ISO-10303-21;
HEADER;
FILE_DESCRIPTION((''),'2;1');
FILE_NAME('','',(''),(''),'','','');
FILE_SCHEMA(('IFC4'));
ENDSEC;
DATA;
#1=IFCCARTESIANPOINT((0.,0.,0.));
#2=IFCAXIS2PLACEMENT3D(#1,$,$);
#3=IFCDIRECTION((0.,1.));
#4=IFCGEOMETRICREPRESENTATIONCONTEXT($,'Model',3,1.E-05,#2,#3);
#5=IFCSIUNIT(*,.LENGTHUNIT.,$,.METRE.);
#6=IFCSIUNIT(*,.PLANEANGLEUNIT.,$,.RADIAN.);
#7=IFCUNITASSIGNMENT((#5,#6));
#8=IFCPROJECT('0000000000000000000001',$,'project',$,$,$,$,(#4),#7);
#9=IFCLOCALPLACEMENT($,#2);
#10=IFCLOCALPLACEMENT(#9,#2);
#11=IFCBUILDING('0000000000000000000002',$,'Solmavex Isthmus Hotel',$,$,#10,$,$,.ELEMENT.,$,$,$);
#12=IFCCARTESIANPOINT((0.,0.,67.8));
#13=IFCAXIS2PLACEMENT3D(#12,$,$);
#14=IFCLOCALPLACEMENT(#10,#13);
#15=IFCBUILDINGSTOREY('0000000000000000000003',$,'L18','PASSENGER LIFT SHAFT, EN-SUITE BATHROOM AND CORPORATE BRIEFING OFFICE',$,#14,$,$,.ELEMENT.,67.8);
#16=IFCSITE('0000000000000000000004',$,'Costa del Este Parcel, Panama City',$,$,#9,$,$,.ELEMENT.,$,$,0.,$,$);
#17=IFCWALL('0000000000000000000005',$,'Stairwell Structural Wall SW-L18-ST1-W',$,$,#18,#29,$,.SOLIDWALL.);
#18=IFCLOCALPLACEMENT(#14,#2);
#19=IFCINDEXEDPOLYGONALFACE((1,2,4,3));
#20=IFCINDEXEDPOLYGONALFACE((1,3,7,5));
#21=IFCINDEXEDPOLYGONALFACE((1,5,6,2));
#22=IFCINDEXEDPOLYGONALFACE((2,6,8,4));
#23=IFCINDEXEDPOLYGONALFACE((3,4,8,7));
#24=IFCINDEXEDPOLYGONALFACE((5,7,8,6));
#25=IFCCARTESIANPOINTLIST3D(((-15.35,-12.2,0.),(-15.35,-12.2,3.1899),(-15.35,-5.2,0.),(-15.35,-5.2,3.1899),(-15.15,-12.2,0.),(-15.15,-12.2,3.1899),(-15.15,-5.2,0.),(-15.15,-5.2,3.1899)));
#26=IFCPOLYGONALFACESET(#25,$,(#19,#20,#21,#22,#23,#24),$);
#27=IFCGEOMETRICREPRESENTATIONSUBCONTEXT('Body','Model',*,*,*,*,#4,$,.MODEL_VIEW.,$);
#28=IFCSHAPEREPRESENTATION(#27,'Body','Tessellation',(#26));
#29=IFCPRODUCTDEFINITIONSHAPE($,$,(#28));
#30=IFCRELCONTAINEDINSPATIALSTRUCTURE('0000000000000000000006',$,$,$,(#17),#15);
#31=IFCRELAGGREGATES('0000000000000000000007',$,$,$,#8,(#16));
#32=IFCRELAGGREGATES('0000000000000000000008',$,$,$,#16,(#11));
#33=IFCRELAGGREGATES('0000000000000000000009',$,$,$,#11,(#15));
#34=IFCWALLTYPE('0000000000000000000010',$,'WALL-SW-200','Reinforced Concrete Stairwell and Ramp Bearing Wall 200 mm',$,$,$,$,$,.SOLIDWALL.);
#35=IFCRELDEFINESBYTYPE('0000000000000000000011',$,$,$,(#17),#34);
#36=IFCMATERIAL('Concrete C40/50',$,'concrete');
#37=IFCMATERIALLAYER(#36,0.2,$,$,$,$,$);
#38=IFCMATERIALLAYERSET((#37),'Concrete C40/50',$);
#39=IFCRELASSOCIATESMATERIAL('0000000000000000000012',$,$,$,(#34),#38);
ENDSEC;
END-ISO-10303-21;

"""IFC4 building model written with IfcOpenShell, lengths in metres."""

from ifc_helpers import new_model, si_unit, direction, frame, frame_2d, origin, place, context, subcontext, project, spatial, rectangle, extrude, material, layer, layer_set, type_object, element, save


model = new_model("IFC4")

# Units and contexts
model_context = context("Model", 3, precision=1e-05, world=origin(), true_north=direction((0.0, 1.0)))
body_context = subcontext(model_context, "Body", "Model", "MODEL_VIEW")
ifc_project = project(units=[si_unit("LENGTHUNIT", "METRE"), si_unit("PLANEANGLEUNIT", "RADIAN")], contexts=[model_context])

# Site, building, storey
site_placement = place(None, origin())
site = spatial("IfcSite", under=ifc_project, at=site_placement, Name="Costa del Este Parcel, Panama City", CompositionType="ELEMENT", RefElevation=0.0)
building_placement = place(site_placement, origin())
building = spatial("IfcBuilding", under=site, at=building_placement, Name="Solmavex Isthmus Hotel", CompositionType="ELEMENT")
storey_placement = place(building_placement, frame((0.0, 0.0, 67.8)))
storey = spatial("IfcBuildingStorey", under=building, at=storey_placement, Name="L18", Description="PASSENGER LIFT SHAFT, EN-SUITE BATHROOM AND CORPORATE BRIEFING OFFICE", CompositionType="ELEMENT", Elevation=67.8)

# Wall
ifc_material_1 = material(Name="Concrete C40/50", Category="concrete")
ifc_layer_1 = layer(ifc_material_1, 0.2)
ifc_layer_set_1 = layer_set([ifc_layer_1], Name="Concrete C40/50")
wall_type_1 = type_object("IfcWallType", Name="WALL-SW-200", Description="Reinforced Concrete Stairwell and Ramp Bearing Wall 200 mm", PredefinedType="SOLIDWALL", material=ifc_layer_set_1)
wall_1_placement = place(storey_placement, frame((-15.25, -12.2, 0.0), z_axis=(0.0, 0.0, 1.0), x_axis=(0.0, 1.0, 0.0)))
element("IfcWall", 1, at=wall_1_placement, inside=storey, type_object=wall_type_1, Name="Stairwell Structural Wall SW-L18-ST1-W", PredefinedType="SOLIDWALL", context=body_context, shape_type="SweptSolid", body=[
    extrude(rectangle(XDim=7.0, YDim=0.2, at=frame_2d((3.5, 0.0))), origin(), (0.0, 0.0, 1.0), 3.1899),
])

save(model, "model.ifc")
